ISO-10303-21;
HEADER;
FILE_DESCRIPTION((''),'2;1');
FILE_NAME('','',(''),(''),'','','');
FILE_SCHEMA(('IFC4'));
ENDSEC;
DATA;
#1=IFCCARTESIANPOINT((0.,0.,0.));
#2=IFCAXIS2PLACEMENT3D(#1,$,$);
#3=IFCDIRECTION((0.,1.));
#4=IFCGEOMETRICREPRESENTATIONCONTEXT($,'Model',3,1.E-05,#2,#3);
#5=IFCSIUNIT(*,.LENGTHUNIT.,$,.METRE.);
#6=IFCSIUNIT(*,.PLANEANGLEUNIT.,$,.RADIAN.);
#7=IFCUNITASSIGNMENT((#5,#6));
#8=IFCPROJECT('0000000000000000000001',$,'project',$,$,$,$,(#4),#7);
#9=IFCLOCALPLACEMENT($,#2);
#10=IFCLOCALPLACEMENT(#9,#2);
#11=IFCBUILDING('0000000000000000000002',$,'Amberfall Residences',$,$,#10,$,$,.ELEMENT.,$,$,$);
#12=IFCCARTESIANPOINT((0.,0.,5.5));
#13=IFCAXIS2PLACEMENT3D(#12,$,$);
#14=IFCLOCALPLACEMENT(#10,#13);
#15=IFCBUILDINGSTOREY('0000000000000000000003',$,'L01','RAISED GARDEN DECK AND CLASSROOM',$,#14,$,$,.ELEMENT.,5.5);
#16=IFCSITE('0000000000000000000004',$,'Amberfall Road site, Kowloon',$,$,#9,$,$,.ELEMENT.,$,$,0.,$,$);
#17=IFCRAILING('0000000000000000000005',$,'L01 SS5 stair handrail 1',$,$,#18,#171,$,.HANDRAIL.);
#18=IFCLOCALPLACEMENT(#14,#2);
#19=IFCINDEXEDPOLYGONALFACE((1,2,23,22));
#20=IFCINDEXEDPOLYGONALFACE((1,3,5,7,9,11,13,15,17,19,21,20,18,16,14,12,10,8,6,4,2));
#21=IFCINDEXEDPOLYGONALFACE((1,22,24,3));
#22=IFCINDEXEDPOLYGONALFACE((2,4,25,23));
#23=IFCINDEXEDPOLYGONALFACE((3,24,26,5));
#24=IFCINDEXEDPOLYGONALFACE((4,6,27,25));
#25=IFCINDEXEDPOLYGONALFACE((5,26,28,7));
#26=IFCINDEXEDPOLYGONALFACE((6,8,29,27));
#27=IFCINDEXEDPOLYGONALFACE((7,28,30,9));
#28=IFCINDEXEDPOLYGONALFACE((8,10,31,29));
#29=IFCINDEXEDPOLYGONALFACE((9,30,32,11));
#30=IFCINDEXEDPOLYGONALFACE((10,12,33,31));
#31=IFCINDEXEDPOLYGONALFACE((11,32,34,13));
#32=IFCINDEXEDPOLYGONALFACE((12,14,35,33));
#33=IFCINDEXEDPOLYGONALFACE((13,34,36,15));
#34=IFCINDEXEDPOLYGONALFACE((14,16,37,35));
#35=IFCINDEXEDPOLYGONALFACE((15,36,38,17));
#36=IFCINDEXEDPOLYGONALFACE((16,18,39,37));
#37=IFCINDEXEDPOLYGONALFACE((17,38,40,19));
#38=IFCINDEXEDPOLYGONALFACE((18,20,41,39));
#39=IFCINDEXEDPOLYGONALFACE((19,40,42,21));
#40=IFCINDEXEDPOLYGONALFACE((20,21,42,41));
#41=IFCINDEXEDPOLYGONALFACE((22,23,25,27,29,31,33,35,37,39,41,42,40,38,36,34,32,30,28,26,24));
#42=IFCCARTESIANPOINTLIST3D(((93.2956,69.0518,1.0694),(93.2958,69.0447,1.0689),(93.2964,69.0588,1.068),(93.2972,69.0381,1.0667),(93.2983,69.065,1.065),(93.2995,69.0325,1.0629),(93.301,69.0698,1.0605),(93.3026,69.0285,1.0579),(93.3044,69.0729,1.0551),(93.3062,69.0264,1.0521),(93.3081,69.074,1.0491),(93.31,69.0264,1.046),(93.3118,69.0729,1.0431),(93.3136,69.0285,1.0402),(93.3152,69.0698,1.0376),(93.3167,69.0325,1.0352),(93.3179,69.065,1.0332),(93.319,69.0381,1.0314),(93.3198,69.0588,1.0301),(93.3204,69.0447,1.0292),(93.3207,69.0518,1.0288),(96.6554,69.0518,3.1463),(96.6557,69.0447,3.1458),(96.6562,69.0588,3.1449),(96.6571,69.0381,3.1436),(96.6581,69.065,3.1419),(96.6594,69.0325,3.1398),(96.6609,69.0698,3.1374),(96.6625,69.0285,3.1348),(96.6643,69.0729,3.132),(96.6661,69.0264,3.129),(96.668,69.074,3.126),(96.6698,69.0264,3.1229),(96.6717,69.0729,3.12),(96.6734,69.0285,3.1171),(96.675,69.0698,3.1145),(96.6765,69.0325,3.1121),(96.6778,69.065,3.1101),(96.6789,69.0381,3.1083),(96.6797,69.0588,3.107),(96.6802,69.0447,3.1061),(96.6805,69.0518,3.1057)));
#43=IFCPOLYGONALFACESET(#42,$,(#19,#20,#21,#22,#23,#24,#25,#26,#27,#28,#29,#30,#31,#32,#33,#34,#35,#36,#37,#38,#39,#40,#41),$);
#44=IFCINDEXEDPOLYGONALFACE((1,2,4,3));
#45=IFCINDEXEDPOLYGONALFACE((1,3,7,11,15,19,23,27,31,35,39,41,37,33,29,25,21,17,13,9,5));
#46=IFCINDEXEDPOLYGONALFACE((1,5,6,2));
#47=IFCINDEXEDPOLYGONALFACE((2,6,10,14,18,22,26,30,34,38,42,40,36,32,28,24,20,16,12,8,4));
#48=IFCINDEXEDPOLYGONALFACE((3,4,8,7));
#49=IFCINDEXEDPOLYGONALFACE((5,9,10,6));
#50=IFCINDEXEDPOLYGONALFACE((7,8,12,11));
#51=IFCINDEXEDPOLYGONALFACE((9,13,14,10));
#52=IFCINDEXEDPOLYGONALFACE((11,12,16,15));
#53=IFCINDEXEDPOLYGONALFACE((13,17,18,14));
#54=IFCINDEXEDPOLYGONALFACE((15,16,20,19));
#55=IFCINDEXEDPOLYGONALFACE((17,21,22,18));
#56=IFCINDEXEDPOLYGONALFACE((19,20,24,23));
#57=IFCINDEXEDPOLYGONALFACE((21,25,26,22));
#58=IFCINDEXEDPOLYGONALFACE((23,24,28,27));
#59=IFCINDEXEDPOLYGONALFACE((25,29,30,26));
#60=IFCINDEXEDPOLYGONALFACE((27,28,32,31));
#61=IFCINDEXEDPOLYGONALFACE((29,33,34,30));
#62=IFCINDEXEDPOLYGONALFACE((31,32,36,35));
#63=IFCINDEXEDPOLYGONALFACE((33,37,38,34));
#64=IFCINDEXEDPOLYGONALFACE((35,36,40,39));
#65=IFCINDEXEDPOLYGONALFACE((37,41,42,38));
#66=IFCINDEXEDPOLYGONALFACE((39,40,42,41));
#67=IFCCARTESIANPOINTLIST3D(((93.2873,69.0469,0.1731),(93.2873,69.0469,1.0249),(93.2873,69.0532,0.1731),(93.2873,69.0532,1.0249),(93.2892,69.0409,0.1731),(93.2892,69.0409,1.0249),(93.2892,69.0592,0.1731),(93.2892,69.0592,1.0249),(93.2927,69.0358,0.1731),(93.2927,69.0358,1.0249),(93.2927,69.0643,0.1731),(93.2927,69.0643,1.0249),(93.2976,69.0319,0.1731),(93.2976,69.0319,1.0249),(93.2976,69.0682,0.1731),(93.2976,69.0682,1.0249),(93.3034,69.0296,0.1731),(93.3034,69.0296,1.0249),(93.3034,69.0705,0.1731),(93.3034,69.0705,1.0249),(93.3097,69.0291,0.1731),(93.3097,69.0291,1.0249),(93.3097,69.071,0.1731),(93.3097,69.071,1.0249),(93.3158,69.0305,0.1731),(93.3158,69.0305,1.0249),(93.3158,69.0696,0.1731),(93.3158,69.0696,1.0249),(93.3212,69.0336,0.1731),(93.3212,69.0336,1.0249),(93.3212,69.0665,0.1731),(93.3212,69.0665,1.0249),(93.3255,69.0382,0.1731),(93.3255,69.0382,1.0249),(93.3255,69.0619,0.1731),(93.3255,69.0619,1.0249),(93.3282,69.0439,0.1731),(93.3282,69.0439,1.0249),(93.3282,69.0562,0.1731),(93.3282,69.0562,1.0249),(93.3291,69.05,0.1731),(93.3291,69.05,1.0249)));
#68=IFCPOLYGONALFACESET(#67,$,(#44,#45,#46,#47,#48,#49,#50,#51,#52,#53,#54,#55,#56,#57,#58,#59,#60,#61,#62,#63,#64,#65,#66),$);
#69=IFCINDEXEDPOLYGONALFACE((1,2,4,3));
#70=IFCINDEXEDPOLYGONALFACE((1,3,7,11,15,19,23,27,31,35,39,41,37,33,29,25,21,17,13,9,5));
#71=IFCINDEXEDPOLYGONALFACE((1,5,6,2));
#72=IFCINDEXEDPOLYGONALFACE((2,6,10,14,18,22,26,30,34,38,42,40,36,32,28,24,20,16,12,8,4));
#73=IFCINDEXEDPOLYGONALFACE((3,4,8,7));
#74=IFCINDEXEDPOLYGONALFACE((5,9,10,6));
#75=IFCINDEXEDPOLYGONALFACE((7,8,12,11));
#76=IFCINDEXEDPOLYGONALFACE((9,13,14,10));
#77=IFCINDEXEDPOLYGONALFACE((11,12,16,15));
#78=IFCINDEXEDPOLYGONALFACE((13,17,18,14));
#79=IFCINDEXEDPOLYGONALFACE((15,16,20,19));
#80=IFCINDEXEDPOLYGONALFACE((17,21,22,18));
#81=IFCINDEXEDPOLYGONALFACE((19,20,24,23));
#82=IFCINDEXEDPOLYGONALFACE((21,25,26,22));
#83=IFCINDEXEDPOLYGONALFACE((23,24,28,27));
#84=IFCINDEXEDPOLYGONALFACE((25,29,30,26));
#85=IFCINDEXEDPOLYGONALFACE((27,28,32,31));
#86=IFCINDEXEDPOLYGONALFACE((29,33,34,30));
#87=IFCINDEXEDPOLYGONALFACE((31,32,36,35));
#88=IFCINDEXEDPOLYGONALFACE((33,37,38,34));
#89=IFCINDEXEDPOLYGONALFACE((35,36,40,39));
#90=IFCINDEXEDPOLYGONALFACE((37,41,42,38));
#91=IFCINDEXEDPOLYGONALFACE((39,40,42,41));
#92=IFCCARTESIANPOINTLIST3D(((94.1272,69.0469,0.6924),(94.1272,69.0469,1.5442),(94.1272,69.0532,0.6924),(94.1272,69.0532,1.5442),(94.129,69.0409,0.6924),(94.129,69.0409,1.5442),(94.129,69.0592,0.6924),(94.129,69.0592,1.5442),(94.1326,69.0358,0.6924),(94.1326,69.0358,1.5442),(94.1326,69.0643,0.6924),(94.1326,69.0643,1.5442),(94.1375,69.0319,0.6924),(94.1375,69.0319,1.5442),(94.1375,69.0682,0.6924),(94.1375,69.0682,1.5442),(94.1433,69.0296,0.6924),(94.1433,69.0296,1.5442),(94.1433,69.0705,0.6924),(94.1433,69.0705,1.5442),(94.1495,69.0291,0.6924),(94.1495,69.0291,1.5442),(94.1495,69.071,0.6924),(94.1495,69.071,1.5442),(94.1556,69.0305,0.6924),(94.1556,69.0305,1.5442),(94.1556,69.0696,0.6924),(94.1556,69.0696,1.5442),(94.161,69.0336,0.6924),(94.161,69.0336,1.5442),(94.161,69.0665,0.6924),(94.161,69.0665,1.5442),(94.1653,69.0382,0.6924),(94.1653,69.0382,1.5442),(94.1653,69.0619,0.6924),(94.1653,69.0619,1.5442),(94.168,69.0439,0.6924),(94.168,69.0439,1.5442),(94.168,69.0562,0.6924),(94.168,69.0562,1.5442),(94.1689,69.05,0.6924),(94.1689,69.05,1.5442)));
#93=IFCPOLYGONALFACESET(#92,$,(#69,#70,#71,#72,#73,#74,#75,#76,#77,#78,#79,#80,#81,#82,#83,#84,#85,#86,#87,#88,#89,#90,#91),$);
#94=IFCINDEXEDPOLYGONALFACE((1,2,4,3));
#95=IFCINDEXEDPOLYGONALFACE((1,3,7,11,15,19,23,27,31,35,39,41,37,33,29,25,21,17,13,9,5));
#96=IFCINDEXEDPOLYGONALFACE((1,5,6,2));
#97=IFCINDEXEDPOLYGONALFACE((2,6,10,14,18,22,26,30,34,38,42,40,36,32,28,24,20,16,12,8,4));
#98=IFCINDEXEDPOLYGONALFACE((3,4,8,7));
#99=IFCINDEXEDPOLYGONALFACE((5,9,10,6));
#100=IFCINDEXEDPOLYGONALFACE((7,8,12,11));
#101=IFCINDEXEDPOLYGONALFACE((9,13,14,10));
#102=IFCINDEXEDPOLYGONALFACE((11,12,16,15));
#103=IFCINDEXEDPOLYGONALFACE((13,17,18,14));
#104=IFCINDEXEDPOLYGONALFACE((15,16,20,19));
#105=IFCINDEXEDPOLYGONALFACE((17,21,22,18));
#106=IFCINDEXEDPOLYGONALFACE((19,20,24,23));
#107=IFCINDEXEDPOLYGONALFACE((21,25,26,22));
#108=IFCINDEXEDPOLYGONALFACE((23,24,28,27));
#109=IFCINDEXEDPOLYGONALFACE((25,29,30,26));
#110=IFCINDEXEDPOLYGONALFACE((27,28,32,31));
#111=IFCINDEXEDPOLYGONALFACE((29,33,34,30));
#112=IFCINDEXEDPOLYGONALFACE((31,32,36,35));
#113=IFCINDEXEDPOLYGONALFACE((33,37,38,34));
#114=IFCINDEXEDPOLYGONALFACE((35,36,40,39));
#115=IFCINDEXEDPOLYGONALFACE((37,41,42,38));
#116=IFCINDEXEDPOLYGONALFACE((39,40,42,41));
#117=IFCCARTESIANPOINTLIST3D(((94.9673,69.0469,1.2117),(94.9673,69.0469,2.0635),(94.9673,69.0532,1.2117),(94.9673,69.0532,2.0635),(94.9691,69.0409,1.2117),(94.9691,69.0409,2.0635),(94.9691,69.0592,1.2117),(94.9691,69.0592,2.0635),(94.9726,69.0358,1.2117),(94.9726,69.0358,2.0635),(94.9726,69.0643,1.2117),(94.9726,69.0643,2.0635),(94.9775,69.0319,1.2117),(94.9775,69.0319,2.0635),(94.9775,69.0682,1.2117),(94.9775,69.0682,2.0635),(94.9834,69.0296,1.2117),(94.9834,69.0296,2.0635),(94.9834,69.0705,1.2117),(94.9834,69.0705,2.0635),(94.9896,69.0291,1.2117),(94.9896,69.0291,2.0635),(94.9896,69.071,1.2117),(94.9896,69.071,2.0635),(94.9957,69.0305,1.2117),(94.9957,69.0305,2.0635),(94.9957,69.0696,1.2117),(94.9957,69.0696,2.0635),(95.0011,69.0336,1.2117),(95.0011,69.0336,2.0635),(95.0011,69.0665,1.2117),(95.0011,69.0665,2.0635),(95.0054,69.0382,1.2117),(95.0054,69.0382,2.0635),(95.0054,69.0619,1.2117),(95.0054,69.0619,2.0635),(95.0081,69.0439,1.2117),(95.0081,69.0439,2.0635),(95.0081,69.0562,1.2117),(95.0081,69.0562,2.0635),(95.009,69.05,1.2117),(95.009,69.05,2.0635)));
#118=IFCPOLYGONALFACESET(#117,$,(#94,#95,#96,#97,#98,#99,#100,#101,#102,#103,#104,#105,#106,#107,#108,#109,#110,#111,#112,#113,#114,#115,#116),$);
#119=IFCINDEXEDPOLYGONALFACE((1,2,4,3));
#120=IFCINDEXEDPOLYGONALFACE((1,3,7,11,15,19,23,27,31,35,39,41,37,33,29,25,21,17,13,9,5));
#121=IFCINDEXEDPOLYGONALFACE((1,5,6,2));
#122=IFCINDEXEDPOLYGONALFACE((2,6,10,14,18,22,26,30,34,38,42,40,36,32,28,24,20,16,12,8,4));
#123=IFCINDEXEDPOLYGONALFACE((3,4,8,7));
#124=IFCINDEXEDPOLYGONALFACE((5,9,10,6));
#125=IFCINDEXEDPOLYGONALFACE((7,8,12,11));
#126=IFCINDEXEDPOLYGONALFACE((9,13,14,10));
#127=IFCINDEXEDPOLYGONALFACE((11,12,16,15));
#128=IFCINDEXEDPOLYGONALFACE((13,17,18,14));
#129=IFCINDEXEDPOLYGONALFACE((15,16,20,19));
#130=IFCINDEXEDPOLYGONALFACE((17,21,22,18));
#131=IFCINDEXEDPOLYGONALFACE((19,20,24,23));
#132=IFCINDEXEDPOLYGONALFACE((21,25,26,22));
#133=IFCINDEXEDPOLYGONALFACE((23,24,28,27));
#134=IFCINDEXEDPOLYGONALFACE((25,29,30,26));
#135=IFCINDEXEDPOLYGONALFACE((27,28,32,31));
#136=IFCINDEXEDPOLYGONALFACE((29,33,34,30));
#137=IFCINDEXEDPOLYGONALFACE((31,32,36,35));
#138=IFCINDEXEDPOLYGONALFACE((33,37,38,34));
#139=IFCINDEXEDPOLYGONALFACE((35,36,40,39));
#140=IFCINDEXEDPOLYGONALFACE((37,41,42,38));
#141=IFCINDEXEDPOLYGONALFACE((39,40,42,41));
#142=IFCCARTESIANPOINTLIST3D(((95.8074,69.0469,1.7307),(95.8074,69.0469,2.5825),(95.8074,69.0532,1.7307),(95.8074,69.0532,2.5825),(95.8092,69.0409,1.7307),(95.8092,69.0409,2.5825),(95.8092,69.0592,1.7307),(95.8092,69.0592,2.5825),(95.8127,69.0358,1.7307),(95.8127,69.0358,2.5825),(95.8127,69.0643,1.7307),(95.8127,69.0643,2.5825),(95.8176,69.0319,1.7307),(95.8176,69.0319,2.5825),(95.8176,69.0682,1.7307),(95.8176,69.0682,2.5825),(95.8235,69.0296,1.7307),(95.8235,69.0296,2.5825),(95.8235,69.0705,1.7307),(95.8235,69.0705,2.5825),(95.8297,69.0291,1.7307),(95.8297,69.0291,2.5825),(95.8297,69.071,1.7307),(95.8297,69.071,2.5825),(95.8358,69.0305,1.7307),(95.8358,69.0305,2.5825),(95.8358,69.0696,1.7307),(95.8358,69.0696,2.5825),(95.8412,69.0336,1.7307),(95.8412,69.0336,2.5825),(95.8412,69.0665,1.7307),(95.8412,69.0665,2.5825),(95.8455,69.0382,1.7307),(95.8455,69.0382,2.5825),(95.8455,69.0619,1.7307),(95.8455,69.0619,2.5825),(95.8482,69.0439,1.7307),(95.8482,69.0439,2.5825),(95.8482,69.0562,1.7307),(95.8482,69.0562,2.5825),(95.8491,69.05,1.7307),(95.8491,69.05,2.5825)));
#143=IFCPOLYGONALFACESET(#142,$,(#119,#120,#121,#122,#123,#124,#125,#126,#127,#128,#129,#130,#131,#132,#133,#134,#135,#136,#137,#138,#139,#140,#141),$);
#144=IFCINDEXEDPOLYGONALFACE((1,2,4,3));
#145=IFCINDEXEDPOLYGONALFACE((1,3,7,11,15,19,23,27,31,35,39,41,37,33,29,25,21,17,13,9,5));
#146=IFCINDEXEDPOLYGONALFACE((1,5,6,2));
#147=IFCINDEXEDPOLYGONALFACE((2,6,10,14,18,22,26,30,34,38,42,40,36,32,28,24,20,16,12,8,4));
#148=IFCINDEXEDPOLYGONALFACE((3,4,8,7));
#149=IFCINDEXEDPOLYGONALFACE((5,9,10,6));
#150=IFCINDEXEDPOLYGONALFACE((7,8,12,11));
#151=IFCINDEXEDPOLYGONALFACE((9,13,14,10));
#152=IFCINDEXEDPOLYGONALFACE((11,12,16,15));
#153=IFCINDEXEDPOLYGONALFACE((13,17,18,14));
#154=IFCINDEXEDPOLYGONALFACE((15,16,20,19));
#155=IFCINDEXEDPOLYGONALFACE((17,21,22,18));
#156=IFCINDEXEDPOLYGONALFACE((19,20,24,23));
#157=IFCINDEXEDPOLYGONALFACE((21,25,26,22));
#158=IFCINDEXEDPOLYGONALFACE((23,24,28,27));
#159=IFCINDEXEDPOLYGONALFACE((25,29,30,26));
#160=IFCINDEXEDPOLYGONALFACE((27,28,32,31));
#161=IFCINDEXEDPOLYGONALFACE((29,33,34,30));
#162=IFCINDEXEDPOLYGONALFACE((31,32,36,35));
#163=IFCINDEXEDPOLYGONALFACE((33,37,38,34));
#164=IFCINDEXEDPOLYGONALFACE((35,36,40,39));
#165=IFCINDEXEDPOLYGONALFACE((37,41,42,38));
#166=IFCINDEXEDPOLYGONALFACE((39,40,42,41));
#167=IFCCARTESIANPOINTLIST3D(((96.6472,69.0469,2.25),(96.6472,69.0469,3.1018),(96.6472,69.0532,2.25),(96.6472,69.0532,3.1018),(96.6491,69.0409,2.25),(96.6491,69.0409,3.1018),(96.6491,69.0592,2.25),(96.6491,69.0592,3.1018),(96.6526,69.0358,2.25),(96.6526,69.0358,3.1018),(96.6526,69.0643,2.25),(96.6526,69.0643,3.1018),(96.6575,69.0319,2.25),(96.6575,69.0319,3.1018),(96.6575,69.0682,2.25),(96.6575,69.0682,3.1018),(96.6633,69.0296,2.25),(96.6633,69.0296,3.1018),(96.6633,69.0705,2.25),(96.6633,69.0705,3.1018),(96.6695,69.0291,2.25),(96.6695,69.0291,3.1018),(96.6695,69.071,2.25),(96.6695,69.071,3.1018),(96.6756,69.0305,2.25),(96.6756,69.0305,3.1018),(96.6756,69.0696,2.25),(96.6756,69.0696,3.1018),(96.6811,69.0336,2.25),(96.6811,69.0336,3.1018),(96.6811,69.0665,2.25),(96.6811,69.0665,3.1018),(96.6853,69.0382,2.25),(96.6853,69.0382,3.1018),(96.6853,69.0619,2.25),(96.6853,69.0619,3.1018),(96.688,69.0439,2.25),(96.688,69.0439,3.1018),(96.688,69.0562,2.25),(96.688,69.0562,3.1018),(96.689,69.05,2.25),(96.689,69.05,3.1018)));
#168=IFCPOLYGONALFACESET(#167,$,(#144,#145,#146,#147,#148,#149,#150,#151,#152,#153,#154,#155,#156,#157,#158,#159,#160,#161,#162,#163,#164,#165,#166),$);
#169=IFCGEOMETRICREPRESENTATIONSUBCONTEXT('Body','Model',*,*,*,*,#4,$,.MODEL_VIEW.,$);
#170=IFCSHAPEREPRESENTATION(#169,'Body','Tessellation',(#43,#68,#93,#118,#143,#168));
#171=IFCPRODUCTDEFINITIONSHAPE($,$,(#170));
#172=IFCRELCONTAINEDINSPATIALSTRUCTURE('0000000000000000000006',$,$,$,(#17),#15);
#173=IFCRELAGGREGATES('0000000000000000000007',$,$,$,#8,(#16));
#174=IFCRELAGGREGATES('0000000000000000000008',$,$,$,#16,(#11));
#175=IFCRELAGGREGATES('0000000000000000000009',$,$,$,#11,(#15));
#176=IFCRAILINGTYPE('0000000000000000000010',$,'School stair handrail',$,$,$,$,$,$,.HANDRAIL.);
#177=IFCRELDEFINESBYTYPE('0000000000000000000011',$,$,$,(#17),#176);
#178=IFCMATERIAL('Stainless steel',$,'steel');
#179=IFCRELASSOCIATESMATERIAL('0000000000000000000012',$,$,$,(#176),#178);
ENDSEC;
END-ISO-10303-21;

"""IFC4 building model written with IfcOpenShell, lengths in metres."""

from ifc_helpers import new_model, si_unit, direction, frame, origin, origin_2d, place, context, subcontext, project, spatial, circle, extrude, material, type_object, element, save


model = new_model("IFC4")

# Units and contexts
model_context = context("Model", 3, precision=1e-05, world=origin(), true_north=direction((0.0, 1.0)))
body_context = subcontext(model_context, "Body", "Model", "MODEL_VIEW")
ifc_project = project(units=[si_unit("LENGTHUNIT", "METRE"), si_unit("PLANEANGLEUNIT", "RADIAN")], contexts=[model_context])

# Site, building, storey
site_placement = place(None, origin())
site = spatial("IfcSite", under=ifc_project, at=site_placement, Name="Amberfall Road site, Kowloon", CompositionType="ELEMENT", RefElevation=0.0)
building_placement = place(site_placement, origin())
building = spatial("IfcBuilding", under=site, at=building_placement, Name="Amberfall Residences", CompositionType="ELEMENT")
storey_placement = place(building_placement, frame((0.0, 0.0, 5.5)))
storey = spatial("IfcBuildingStorey", under=building, at=storey_placement, Name="L01", Description="RAISED GARDEN DECK AND CLASSROOM", CompositionType="ELEMENT", Elevation=5.5)

# Railing
ifc_material_1 = material(Name="Stainless steel", Category="steel")
railing_type_1 = type_object("IfcRailingType", Name="School stair handrail", PredefinedType="HANDRAIL", material=ifc_material_1)
railing_1_placement = place(storey_placement, frame((93.3081, 69.05, 0.1731)))
element("IfcRailing", 1, at=railing_1_placement, inside=storey, type_object=railing_type_1, Name="L01 SS5 stair handrail 1", PredefinedType="HANDRAIL", context=body_context, shape_type="SweptSolid", body=[
    extrude(circle(Radius=0.0239, at=origin_2d()), frame((0.0, 0.0, 0.876), z_axis=(0.850606, 0.0, 0.525803), x_axis=(0.0, 1.0, 0.0)), (0.0, 0.0, 1.0), 3.95),
    extrude(circle(Radius=0.021, at=origin_2d()), origin(), (0.0, 0.0, 1.0), 0.8518),
    extrude(circle(Radius=0.021, at=origin_2d()), frame((0.8398, 0.0, 0.5193)), (0.0, 0.0, 1.0), 0.8518),
    extrude(circle(Radius=0.021, at=origin_2d()), frame((1.6799, 0.0, 1.0386)), (0.0, 0.0, 1.0), 0.8518),
    extrude(circle(Radius=0.021, at=origin_2d()), frame((2.52, 0.0, 1.5576)), (0.0, 0.0, 1.0), 0.8518),
    extrude(circle(Radius=0.021, at=origin_2d()), frame((3.3599, 0.0, 2.0769)), (0.0, 0.0, 1.0), 0.8518),
])

save(model, "model.ifc")
